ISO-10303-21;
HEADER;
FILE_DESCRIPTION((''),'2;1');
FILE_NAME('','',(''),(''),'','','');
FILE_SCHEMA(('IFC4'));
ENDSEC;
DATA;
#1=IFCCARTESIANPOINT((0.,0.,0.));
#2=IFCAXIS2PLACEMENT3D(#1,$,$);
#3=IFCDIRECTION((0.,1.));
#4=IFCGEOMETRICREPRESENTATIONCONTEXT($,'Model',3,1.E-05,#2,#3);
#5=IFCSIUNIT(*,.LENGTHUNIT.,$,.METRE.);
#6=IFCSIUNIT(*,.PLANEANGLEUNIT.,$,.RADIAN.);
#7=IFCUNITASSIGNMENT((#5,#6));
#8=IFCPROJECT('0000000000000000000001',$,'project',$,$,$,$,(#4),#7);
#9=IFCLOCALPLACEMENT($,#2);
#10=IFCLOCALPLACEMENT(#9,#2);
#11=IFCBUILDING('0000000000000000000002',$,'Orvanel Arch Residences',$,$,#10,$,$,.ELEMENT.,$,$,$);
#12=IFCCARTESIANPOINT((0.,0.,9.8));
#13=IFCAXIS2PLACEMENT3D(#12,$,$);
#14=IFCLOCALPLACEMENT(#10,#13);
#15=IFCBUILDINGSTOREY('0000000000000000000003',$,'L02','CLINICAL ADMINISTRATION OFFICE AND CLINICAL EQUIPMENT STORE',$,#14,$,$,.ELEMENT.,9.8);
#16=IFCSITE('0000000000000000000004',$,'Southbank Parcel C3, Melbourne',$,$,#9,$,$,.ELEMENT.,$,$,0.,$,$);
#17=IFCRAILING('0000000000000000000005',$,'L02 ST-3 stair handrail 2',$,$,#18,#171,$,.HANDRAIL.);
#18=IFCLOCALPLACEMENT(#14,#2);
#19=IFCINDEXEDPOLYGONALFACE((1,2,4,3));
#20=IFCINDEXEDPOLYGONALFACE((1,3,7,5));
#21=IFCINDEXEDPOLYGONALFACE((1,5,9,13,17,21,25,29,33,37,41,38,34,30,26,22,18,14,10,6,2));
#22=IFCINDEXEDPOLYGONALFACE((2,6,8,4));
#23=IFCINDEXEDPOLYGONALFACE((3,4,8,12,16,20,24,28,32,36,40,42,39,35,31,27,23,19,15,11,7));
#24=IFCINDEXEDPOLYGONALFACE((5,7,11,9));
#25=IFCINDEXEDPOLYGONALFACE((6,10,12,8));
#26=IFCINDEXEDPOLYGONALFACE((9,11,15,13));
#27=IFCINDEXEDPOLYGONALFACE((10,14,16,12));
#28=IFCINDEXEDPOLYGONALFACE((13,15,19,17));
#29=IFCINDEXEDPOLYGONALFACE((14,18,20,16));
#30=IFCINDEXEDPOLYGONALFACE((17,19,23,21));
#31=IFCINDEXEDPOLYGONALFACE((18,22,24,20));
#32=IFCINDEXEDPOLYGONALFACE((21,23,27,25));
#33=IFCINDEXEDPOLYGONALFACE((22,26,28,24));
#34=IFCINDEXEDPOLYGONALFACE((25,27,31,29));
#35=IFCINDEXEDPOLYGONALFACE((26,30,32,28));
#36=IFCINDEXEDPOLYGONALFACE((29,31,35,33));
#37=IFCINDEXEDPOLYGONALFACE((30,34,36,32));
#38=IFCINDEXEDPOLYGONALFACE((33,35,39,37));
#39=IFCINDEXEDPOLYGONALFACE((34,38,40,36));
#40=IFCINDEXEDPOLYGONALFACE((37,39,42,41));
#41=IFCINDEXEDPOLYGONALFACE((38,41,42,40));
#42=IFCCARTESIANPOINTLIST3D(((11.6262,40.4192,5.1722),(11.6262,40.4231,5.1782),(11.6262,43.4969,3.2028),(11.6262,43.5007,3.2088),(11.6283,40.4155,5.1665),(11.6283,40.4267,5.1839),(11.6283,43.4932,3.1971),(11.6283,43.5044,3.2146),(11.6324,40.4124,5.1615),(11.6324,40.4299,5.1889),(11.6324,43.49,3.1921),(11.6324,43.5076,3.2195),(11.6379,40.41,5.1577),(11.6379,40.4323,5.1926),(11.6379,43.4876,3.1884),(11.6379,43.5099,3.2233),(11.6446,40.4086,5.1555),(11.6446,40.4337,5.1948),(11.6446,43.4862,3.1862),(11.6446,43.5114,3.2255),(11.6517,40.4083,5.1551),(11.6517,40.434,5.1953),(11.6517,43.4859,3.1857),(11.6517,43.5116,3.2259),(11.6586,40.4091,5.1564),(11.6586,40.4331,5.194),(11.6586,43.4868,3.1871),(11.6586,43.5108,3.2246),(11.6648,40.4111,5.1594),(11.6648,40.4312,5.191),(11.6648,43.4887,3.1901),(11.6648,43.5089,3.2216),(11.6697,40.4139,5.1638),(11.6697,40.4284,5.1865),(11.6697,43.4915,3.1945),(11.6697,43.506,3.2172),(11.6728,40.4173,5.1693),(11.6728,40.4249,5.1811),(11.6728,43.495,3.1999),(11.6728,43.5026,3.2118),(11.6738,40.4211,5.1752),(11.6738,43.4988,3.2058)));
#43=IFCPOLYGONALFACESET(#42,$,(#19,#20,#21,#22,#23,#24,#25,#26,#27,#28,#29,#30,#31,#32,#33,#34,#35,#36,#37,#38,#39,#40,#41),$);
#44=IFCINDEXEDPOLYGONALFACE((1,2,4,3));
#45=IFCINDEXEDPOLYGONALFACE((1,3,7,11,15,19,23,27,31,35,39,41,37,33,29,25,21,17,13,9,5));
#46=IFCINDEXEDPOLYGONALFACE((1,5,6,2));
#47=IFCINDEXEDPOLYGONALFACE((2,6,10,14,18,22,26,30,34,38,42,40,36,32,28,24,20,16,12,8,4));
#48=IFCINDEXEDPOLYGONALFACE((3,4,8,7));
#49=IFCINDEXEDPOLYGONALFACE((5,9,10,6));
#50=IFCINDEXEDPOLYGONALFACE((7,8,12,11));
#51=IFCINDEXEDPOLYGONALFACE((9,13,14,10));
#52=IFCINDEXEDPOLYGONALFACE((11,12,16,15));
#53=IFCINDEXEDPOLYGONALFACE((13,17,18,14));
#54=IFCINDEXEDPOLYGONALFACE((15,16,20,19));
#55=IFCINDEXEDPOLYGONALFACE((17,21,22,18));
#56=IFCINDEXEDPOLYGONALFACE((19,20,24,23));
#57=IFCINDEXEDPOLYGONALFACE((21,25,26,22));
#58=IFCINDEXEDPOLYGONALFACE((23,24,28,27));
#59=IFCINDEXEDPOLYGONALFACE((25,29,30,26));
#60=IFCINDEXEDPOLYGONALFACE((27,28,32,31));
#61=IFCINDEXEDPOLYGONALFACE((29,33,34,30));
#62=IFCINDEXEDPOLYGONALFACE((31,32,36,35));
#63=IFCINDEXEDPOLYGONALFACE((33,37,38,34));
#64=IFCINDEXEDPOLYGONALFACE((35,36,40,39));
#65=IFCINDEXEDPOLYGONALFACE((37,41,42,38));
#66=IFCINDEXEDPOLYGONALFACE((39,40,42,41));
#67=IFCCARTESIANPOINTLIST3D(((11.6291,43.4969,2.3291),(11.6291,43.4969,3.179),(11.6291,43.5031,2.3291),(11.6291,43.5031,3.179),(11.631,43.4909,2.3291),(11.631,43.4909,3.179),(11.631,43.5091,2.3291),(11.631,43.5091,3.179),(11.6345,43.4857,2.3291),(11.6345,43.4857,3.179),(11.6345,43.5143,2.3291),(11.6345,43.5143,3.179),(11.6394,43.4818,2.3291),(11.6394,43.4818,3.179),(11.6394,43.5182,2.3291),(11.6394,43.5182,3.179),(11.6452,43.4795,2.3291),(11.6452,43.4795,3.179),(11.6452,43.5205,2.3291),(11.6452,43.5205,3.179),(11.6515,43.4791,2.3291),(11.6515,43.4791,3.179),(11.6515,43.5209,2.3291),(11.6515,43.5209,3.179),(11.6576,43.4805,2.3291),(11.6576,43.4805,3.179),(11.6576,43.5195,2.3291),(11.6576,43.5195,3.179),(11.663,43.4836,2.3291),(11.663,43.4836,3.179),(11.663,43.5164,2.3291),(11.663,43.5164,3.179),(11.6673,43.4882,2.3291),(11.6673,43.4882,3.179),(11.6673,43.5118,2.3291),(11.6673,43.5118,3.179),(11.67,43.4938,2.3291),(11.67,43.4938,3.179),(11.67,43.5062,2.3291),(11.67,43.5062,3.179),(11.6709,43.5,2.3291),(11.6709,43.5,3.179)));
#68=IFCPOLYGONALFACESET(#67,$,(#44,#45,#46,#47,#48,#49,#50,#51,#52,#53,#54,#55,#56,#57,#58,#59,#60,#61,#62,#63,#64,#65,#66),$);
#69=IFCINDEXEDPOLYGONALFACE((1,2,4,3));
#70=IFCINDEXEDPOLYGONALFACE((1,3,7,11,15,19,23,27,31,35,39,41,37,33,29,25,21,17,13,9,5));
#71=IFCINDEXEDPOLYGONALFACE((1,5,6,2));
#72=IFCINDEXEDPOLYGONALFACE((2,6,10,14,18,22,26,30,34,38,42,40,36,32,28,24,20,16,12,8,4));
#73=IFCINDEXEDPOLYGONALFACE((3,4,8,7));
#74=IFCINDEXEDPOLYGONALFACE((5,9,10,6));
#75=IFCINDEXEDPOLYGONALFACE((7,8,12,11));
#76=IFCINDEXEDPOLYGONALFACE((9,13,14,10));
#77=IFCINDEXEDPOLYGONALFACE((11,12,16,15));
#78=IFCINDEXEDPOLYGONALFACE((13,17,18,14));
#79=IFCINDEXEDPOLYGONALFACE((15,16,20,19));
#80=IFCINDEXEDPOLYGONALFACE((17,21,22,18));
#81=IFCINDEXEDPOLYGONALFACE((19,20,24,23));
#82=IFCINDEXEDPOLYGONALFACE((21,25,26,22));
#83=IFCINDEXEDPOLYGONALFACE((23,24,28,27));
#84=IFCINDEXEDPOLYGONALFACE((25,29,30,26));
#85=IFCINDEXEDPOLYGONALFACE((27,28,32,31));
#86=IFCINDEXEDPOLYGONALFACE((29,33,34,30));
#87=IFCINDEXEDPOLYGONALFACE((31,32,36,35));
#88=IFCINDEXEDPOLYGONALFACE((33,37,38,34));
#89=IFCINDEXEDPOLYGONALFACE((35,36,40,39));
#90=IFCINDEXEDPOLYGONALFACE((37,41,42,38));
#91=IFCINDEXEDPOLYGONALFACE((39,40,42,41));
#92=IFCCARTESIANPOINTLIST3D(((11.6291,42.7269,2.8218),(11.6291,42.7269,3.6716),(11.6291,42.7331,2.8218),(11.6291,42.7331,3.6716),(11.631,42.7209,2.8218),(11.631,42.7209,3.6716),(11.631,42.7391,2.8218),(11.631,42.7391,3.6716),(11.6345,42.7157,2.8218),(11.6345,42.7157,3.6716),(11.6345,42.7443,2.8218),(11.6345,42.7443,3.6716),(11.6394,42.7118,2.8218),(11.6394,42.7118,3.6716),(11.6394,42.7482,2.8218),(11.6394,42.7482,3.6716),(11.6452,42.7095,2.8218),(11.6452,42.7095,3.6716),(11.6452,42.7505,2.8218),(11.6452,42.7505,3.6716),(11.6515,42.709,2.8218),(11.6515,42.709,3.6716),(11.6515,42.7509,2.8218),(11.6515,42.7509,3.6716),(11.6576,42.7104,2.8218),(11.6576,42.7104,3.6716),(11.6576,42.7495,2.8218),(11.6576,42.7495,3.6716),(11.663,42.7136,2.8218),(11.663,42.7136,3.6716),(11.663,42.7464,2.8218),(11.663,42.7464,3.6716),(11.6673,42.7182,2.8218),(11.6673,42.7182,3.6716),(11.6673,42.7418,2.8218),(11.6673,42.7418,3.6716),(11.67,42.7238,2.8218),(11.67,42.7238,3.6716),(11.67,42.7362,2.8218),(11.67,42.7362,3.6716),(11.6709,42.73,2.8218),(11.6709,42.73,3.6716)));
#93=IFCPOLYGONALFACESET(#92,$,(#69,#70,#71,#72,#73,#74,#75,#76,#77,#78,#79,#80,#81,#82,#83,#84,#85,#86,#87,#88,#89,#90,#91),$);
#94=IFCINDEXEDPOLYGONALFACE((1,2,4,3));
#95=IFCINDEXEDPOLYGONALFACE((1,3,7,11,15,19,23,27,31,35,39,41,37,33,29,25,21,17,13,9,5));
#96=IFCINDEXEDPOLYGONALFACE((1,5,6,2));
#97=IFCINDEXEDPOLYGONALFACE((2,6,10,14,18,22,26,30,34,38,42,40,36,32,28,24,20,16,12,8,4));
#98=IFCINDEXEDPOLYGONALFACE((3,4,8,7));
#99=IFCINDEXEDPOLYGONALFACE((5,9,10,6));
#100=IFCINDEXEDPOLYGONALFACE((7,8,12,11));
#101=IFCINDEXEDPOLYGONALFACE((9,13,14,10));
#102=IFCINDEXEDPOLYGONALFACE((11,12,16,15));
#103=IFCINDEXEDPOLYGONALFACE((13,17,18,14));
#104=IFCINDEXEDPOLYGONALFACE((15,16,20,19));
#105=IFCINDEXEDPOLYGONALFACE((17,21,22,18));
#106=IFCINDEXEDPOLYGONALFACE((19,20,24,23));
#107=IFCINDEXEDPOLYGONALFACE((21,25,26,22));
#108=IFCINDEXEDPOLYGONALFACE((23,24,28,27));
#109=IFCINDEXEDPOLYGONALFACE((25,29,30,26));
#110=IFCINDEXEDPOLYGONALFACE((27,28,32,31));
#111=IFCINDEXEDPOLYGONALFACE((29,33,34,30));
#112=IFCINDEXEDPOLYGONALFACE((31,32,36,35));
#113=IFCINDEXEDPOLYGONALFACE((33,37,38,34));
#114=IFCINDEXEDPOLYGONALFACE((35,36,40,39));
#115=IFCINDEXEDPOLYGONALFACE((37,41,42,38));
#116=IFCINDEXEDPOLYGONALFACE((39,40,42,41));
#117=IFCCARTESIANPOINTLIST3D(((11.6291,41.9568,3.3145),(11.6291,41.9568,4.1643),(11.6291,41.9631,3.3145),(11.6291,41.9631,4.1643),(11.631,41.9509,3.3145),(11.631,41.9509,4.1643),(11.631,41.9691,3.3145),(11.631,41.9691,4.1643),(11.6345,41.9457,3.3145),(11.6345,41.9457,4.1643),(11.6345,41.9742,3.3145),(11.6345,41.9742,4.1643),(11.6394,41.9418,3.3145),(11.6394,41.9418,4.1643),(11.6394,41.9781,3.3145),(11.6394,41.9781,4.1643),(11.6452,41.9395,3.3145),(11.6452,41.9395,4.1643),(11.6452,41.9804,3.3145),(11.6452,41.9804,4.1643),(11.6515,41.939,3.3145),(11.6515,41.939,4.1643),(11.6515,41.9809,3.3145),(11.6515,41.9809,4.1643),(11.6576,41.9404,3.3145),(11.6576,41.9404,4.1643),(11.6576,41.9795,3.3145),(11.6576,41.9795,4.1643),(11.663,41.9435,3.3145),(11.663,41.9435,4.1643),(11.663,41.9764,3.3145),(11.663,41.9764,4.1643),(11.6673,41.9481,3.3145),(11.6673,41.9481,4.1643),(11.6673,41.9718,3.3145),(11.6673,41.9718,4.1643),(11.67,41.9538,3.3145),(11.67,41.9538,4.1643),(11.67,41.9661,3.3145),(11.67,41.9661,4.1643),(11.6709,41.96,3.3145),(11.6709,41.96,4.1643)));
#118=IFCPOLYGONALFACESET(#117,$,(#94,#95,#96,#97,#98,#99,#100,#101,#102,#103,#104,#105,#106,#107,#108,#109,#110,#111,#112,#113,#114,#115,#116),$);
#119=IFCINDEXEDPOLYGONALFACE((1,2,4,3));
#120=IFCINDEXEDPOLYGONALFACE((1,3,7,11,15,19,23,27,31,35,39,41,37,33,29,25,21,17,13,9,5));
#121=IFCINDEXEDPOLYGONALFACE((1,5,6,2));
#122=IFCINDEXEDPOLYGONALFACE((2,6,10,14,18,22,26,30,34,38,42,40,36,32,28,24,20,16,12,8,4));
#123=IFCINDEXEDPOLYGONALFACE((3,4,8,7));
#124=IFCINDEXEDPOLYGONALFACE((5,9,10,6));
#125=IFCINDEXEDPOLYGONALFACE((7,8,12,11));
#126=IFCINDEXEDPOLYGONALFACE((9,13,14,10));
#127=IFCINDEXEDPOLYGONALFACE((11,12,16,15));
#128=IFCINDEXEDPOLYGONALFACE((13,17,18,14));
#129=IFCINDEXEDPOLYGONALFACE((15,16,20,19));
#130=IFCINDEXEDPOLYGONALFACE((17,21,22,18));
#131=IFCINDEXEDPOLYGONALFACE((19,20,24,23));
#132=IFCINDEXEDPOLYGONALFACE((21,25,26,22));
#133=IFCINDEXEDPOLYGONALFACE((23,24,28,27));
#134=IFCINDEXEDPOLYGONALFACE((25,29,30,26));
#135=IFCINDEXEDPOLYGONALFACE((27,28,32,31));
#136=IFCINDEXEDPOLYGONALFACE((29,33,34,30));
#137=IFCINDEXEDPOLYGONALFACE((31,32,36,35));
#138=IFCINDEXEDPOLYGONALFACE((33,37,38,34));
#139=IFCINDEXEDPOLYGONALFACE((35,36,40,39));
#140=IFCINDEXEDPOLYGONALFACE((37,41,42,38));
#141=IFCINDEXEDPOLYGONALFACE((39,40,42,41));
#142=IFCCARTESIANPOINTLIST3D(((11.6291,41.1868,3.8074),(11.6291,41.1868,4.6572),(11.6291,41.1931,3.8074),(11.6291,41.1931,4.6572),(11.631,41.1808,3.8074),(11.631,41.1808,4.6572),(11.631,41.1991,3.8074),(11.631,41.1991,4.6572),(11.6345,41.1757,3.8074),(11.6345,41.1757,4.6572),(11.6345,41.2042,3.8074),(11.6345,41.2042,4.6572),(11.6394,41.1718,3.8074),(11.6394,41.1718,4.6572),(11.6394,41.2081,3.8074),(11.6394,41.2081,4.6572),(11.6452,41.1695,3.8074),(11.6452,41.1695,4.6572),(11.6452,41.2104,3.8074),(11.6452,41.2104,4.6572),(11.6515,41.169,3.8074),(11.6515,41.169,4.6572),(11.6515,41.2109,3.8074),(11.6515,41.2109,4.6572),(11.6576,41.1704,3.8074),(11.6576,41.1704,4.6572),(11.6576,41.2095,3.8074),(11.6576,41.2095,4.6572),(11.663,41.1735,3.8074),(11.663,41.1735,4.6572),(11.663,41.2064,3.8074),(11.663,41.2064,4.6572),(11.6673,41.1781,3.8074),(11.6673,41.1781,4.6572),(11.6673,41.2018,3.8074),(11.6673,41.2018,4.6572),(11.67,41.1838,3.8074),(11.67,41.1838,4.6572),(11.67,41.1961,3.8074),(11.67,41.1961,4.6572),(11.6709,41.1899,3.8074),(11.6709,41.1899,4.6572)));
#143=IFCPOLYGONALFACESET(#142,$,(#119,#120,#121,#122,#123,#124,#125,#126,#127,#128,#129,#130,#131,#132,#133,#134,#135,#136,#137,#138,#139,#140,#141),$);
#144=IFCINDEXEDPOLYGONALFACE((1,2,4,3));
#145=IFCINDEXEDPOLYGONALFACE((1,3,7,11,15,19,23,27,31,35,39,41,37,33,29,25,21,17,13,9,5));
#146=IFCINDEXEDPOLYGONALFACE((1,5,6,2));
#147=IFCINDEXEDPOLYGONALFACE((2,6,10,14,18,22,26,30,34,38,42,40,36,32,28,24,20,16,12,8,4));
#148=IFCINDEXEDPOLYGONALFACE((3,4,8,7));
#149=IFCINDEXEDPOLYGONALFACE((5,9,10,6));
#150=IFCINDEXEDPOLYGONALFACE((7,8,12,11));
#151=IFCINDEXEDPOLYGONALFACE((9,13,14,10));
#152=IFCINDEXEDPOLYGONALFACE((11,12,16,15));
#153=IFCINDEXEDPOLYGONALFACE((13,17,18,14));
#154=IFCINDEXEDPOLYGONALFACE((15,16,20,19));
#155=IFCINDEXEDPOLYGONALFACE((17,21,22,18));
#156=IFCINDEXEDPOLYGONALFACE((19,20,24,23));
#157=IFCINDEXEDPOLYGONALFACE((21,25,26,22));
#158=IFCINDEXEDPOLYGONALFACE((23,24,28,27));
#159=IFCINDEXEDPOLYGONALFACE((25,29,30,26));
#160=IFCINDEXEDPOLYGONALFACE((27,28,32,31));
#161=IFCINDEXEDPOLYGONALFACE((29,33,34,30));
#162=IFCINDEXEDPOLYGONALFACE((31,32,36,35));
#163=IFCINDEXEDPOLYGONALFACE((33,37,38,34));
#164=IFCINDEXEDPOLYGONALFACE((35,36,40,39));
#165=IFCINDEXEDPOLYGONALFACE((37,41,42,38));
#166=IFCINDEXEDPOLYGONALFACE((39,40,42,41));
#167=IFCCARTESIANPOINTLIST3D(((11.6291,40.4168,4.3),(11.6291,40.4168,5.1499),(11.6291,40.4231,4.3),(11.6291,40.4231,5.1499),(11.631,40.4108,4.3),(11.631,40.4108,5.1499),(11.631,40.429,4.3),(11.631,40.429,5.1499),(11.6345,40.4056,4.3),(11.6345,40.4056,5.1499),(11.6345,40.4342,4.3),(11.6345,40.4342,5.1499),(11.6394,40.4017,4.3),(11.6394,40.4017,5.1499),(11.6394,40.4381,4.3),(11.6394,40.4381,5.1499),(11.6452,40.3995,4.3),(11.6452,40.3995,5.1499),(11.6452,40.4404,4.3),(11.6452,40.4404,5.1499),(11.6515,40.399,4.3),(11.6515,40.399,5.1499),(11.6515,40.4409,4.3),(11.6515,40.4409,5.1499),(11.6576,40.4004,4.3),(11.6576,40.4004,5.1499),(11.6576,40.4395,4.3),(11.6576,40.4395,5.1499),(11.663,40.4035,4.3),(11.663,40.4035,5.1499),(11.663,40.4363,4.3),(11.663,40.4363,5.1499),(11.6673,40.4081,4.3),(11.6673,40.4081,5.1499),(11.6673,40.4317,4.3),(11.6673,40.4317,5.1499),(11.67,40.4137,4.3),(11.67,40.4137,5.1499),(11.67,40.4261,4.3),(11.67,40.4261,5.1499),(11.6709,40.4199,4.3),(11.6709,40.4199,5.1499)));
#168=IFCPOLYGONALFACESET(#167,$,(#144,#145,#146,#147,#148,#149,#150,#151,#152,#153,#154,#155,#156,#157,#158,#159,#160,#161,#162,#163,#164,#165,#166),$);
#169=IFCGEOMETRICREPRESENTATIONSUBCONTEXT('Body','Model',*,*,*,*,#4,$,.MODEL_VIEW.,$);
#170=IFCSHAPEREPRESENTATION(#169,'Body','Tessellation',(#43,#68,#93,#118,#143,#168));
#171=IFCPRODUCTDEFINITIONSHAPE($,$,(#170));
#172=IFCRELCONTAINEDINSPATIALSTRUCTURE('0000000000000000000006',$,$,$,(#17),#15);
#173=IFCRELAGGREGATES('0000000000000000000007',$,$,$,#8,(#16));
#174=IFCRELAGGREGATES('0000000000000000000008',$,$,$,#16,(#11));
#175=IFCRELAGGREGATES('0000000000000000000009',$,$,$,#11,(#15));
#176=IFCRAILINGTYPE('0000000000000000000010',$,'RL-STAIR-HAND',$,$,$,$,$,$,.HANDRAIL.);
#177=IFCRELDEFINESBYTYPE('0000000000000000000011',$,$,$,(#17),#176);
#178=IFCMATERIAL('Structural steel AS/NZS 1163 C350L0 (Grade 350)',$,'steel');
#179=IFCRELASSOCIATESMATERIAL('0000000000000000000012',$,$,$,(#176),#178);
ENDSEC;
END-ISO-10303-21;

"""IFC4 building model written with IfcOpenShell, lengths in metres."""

from ifc_helpers import new_model, si_unit, direction, frame, origin, origin_2d, place, context, subcontext, project, spatial, circle, extrude, material, type_object, element, save


model = new_model("IFC4")

# Units and contexts
model_context = context("Model", 3, precision=1e-05, world=origin(), true_north=direction((0.0, 1.0)))
body_context = subcontext(model_context, "Body", "Model", "MODEL_VIEW")
ifc_project = project(units=[si_unit("LENGTHUNIT", "METRE"), si_unit("PLANEANGLEUNIT", "RADIAN")], contexts=[model_context])

# Site, building, storey
site_placement = place(None, origin())
site = spatial("IfcSite", under=ifc_project, at=site_placement, Name="Southbank Parcel C3, Melbourne", CompositionType="ELEMENT", RefElevation=0.0)
building_placement = place(site_placement, origin())
building = spatial("IfcBuilding", under=site, at=building_placement, Name="Orvanel Arch Residences", CompositionType="ELEMENT")
storey_placement = place(building_placement, frame((0.0, 0.0, 9.8)))
storey = spatial("IfcBuildingStorey", under=building, at=storey_placement, Name="L02", Description="CLINICAL ADMINISTRATION OFFICE AND CLINICAL EQUIPMENT STORE", CompositionType="ELEMENT", Elevation=9.8)

# Railing
ifc_material_1 = material(Name="Structural steel AS/NZS 1163 C350L0 (Grade 350)", Category="steel")
railing_type_1 = type_object("IfcRailingType", Name="RL-STAIR-HAND", PredefinedType="HANDRAIL", material=ifc_material_1)
railing_1_placement = place(storey_placement, frame((11.6499, 43.5, 2.3291)))
element("IfcRailing", 1, at=railing_1_placement, inside=storey, type_object=railing_type_1, Name="L02 ST-3 stair handrail 2", PredefinedType="HANDRAIL", context=body_context, shape_type="SweptSolid", body=[
    extrude(circle(Radius=0.0239, at=origin_2d()), frame((0.0, -0.0012, 0.8767), z_axis=(0.0, -0.842309, 0.538995), x_axis=(1.0, 0.0, 0.0)), (0.0, 0.0, 1.0), 3.6538),
    extrude(circle(Radius=0.021, at=origin_2d()), origin(), (0.0, 0.0, 1.0), 0.8499),
    extrude(circle(Radius=0.021, at=origin_2d()), frame((0.0, -0.77, 0.4927)), (0.0, 0.0, 1.0), 0.8499),
    extrude(circle(Radius=0.021, at=origin_2d()), frame((0.0, -1.54, 0.9854)), (0.0, 0.0, 1.0), 0.8499),
    extrude(circle(Radius=0.021, at=origin_2d()), frame((0.0, -2.3101, 1.4783)), (0.0, 0.0, 1.0), 0.8499),
    extrude(circle(Radius=0.021, at=origin_2d()), frame((0.0, -3.0801, 1.9709)), (0.0, 0.0, 1.0), 0.8499),
])

save(model, "model.ifc")
